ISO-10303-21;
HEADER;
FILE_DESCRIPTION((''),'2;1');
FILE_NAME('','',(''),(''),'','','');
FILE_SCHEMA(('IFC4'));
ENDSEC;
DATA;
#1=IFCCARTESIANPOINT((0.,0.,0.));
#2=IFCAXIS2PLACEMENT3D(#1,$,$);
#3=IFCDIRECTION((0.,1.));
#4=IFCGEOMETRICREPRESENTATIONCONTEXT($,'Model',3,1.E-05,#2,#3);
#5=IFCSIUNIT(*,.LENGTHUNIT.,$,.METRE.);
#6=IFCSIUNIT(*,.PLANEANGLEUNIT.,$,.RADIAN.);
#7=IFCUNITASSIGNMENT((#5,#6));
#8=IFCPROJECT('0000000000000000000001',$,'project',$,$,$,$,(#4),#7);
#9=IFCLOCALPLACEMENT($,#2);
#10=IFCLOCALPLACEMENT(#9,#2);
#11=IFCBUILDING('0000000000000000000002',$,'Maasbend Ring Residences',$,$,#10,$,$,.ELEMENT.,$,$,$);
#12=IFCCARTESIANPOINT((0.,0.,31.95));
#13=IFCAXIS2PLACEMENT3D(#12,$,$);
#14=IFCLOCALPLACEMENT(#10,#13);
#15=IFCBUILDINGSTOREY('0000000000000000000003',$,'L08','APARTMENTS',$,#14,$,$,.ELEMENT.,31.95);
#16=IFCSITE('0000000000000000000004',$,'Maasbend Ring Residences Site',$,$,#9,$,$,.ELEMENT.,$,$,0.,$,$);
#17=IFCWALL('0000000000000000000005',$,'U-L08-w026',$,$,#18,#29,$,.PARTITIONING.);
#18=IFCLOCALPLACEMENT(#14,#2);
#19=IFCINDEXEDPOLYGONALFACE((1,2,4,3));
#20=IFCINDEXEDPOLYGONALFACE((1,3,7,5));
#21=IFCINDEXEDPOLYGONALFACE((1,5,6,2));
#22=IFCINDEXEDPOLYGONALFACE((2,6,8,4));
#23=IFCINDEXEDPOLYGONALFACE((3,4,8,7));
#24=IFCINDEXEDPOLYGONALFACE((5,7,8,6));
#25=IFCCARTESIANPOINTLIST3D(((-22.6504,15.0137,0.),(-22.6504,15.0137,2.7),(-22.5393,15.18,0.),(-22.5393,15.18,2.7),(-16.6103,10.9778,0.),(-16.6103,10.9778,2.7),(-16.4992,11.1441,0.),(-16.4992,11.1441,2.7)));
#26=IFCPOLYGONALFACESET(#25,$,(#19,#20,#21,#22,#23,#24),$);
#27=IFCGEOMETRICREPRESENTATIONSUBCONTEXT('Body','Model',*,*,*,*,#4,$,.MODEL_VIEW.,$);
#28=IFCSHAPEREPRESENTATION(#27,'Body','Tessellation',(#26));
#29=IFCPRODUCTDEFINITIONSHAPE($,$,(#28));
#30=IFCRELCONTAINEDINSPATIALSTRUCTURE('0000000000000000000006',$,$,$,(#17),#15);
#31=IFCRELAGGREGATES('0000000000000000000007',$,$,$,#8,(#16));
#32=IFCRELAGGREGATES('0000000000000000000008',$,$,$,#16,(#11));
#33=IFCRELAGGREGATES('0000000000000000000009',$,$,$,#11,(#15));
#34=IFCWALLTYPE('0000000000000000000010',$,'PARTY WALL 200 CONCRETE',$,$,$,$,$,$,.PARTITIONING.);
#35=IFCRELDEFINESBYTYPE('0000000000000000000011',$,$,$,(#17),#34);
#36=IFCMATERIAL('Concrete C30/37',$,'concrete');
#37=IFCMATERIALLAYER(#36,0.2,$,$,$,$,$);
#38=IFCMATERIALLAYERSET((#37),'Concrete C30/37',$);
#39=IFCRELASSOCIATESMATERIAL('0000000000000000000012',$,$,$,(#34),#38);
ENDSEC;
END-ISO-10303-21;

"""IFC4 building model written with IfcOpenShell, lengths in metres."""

from ifc_helpers import new_model, si_unit, direction, frame, frame_2d, origin, place, context, subcontext, project, spatial, rectangle, extrude, material, layer, layer_set, type_object, element, save


model = new_model("IFC4")

# Units and contexts
model_context = context("Model", 3, precision=1e-05, world=origin(), true_north=direction((0.0, 1.0)))
body_context = subcontext(model_context, "Body", "Model", "MODEL_VIEW")
ifc_project = project(units=[si_unit("LENGTHUNIT", "METRE"), si_unit("PLANEANGLEUNIT", "RADIAN")], contexts=[model_context])

# Site, building, storey
site_placement = place(None, origin())
site = spatial("IfcSite", under=ifc_project, at=site_placement, Name="Maasbend Ring Residences Site", CompositionType="ELEMENT", RefElevation=0.0)
building_placement = place(site_placement, origin())
building = spatial("IfcBuilding", under=site, at=building_placement, Name="Maasbend Ring Residences", CompositionType="ELEMENT")
storey_placement = place(building_placement, frame((0.0, 0.0, 31.95)))
storey = spatial("IfcBuildingStorey", under=building, at=storey_placement, Name="L08", Description="APARTMENTS", CompositionType="ELEMENT", Elevation=31.95)

# Wall
ifc_material_1 = material(Name="Concrete C30/37", Category="concrete")
ifc_layer_1 = layer(ifc_material_1, 0.2)
ifc_layer_set_1 = layer_set([ifc_layer_1], Name="Concrete C30/37")
wall_type_1 = type_object("IfcWallType", Name="PARTY WALL 200 CONCRETE", PredefinedType="PARTITIONING", material=ifc_layer_set_1)
wall_1_placement = place(storey_placement, frame((-22.595, 15.0969, 0.0), z_axis=(0.0, 0.0, 1.0), x_axis=(0.831466, -0.555576, 0.0)))
element("IfcWall", 1, at=wall_1_placement, inside=storey, type_object=wall_type_1, Name="U-L08-w026", PredefinedType="PARTITIONING", context=body_context, shape_type="SweptSolid", body=[
    extrude(rectangle(XDim=7.2644, YDim=0.2, at=frame_2d((3.6323, 0.0))), origin(), (0.0, 0.0, 1.0), 2.7),
])

save(model, "model.ifc")
